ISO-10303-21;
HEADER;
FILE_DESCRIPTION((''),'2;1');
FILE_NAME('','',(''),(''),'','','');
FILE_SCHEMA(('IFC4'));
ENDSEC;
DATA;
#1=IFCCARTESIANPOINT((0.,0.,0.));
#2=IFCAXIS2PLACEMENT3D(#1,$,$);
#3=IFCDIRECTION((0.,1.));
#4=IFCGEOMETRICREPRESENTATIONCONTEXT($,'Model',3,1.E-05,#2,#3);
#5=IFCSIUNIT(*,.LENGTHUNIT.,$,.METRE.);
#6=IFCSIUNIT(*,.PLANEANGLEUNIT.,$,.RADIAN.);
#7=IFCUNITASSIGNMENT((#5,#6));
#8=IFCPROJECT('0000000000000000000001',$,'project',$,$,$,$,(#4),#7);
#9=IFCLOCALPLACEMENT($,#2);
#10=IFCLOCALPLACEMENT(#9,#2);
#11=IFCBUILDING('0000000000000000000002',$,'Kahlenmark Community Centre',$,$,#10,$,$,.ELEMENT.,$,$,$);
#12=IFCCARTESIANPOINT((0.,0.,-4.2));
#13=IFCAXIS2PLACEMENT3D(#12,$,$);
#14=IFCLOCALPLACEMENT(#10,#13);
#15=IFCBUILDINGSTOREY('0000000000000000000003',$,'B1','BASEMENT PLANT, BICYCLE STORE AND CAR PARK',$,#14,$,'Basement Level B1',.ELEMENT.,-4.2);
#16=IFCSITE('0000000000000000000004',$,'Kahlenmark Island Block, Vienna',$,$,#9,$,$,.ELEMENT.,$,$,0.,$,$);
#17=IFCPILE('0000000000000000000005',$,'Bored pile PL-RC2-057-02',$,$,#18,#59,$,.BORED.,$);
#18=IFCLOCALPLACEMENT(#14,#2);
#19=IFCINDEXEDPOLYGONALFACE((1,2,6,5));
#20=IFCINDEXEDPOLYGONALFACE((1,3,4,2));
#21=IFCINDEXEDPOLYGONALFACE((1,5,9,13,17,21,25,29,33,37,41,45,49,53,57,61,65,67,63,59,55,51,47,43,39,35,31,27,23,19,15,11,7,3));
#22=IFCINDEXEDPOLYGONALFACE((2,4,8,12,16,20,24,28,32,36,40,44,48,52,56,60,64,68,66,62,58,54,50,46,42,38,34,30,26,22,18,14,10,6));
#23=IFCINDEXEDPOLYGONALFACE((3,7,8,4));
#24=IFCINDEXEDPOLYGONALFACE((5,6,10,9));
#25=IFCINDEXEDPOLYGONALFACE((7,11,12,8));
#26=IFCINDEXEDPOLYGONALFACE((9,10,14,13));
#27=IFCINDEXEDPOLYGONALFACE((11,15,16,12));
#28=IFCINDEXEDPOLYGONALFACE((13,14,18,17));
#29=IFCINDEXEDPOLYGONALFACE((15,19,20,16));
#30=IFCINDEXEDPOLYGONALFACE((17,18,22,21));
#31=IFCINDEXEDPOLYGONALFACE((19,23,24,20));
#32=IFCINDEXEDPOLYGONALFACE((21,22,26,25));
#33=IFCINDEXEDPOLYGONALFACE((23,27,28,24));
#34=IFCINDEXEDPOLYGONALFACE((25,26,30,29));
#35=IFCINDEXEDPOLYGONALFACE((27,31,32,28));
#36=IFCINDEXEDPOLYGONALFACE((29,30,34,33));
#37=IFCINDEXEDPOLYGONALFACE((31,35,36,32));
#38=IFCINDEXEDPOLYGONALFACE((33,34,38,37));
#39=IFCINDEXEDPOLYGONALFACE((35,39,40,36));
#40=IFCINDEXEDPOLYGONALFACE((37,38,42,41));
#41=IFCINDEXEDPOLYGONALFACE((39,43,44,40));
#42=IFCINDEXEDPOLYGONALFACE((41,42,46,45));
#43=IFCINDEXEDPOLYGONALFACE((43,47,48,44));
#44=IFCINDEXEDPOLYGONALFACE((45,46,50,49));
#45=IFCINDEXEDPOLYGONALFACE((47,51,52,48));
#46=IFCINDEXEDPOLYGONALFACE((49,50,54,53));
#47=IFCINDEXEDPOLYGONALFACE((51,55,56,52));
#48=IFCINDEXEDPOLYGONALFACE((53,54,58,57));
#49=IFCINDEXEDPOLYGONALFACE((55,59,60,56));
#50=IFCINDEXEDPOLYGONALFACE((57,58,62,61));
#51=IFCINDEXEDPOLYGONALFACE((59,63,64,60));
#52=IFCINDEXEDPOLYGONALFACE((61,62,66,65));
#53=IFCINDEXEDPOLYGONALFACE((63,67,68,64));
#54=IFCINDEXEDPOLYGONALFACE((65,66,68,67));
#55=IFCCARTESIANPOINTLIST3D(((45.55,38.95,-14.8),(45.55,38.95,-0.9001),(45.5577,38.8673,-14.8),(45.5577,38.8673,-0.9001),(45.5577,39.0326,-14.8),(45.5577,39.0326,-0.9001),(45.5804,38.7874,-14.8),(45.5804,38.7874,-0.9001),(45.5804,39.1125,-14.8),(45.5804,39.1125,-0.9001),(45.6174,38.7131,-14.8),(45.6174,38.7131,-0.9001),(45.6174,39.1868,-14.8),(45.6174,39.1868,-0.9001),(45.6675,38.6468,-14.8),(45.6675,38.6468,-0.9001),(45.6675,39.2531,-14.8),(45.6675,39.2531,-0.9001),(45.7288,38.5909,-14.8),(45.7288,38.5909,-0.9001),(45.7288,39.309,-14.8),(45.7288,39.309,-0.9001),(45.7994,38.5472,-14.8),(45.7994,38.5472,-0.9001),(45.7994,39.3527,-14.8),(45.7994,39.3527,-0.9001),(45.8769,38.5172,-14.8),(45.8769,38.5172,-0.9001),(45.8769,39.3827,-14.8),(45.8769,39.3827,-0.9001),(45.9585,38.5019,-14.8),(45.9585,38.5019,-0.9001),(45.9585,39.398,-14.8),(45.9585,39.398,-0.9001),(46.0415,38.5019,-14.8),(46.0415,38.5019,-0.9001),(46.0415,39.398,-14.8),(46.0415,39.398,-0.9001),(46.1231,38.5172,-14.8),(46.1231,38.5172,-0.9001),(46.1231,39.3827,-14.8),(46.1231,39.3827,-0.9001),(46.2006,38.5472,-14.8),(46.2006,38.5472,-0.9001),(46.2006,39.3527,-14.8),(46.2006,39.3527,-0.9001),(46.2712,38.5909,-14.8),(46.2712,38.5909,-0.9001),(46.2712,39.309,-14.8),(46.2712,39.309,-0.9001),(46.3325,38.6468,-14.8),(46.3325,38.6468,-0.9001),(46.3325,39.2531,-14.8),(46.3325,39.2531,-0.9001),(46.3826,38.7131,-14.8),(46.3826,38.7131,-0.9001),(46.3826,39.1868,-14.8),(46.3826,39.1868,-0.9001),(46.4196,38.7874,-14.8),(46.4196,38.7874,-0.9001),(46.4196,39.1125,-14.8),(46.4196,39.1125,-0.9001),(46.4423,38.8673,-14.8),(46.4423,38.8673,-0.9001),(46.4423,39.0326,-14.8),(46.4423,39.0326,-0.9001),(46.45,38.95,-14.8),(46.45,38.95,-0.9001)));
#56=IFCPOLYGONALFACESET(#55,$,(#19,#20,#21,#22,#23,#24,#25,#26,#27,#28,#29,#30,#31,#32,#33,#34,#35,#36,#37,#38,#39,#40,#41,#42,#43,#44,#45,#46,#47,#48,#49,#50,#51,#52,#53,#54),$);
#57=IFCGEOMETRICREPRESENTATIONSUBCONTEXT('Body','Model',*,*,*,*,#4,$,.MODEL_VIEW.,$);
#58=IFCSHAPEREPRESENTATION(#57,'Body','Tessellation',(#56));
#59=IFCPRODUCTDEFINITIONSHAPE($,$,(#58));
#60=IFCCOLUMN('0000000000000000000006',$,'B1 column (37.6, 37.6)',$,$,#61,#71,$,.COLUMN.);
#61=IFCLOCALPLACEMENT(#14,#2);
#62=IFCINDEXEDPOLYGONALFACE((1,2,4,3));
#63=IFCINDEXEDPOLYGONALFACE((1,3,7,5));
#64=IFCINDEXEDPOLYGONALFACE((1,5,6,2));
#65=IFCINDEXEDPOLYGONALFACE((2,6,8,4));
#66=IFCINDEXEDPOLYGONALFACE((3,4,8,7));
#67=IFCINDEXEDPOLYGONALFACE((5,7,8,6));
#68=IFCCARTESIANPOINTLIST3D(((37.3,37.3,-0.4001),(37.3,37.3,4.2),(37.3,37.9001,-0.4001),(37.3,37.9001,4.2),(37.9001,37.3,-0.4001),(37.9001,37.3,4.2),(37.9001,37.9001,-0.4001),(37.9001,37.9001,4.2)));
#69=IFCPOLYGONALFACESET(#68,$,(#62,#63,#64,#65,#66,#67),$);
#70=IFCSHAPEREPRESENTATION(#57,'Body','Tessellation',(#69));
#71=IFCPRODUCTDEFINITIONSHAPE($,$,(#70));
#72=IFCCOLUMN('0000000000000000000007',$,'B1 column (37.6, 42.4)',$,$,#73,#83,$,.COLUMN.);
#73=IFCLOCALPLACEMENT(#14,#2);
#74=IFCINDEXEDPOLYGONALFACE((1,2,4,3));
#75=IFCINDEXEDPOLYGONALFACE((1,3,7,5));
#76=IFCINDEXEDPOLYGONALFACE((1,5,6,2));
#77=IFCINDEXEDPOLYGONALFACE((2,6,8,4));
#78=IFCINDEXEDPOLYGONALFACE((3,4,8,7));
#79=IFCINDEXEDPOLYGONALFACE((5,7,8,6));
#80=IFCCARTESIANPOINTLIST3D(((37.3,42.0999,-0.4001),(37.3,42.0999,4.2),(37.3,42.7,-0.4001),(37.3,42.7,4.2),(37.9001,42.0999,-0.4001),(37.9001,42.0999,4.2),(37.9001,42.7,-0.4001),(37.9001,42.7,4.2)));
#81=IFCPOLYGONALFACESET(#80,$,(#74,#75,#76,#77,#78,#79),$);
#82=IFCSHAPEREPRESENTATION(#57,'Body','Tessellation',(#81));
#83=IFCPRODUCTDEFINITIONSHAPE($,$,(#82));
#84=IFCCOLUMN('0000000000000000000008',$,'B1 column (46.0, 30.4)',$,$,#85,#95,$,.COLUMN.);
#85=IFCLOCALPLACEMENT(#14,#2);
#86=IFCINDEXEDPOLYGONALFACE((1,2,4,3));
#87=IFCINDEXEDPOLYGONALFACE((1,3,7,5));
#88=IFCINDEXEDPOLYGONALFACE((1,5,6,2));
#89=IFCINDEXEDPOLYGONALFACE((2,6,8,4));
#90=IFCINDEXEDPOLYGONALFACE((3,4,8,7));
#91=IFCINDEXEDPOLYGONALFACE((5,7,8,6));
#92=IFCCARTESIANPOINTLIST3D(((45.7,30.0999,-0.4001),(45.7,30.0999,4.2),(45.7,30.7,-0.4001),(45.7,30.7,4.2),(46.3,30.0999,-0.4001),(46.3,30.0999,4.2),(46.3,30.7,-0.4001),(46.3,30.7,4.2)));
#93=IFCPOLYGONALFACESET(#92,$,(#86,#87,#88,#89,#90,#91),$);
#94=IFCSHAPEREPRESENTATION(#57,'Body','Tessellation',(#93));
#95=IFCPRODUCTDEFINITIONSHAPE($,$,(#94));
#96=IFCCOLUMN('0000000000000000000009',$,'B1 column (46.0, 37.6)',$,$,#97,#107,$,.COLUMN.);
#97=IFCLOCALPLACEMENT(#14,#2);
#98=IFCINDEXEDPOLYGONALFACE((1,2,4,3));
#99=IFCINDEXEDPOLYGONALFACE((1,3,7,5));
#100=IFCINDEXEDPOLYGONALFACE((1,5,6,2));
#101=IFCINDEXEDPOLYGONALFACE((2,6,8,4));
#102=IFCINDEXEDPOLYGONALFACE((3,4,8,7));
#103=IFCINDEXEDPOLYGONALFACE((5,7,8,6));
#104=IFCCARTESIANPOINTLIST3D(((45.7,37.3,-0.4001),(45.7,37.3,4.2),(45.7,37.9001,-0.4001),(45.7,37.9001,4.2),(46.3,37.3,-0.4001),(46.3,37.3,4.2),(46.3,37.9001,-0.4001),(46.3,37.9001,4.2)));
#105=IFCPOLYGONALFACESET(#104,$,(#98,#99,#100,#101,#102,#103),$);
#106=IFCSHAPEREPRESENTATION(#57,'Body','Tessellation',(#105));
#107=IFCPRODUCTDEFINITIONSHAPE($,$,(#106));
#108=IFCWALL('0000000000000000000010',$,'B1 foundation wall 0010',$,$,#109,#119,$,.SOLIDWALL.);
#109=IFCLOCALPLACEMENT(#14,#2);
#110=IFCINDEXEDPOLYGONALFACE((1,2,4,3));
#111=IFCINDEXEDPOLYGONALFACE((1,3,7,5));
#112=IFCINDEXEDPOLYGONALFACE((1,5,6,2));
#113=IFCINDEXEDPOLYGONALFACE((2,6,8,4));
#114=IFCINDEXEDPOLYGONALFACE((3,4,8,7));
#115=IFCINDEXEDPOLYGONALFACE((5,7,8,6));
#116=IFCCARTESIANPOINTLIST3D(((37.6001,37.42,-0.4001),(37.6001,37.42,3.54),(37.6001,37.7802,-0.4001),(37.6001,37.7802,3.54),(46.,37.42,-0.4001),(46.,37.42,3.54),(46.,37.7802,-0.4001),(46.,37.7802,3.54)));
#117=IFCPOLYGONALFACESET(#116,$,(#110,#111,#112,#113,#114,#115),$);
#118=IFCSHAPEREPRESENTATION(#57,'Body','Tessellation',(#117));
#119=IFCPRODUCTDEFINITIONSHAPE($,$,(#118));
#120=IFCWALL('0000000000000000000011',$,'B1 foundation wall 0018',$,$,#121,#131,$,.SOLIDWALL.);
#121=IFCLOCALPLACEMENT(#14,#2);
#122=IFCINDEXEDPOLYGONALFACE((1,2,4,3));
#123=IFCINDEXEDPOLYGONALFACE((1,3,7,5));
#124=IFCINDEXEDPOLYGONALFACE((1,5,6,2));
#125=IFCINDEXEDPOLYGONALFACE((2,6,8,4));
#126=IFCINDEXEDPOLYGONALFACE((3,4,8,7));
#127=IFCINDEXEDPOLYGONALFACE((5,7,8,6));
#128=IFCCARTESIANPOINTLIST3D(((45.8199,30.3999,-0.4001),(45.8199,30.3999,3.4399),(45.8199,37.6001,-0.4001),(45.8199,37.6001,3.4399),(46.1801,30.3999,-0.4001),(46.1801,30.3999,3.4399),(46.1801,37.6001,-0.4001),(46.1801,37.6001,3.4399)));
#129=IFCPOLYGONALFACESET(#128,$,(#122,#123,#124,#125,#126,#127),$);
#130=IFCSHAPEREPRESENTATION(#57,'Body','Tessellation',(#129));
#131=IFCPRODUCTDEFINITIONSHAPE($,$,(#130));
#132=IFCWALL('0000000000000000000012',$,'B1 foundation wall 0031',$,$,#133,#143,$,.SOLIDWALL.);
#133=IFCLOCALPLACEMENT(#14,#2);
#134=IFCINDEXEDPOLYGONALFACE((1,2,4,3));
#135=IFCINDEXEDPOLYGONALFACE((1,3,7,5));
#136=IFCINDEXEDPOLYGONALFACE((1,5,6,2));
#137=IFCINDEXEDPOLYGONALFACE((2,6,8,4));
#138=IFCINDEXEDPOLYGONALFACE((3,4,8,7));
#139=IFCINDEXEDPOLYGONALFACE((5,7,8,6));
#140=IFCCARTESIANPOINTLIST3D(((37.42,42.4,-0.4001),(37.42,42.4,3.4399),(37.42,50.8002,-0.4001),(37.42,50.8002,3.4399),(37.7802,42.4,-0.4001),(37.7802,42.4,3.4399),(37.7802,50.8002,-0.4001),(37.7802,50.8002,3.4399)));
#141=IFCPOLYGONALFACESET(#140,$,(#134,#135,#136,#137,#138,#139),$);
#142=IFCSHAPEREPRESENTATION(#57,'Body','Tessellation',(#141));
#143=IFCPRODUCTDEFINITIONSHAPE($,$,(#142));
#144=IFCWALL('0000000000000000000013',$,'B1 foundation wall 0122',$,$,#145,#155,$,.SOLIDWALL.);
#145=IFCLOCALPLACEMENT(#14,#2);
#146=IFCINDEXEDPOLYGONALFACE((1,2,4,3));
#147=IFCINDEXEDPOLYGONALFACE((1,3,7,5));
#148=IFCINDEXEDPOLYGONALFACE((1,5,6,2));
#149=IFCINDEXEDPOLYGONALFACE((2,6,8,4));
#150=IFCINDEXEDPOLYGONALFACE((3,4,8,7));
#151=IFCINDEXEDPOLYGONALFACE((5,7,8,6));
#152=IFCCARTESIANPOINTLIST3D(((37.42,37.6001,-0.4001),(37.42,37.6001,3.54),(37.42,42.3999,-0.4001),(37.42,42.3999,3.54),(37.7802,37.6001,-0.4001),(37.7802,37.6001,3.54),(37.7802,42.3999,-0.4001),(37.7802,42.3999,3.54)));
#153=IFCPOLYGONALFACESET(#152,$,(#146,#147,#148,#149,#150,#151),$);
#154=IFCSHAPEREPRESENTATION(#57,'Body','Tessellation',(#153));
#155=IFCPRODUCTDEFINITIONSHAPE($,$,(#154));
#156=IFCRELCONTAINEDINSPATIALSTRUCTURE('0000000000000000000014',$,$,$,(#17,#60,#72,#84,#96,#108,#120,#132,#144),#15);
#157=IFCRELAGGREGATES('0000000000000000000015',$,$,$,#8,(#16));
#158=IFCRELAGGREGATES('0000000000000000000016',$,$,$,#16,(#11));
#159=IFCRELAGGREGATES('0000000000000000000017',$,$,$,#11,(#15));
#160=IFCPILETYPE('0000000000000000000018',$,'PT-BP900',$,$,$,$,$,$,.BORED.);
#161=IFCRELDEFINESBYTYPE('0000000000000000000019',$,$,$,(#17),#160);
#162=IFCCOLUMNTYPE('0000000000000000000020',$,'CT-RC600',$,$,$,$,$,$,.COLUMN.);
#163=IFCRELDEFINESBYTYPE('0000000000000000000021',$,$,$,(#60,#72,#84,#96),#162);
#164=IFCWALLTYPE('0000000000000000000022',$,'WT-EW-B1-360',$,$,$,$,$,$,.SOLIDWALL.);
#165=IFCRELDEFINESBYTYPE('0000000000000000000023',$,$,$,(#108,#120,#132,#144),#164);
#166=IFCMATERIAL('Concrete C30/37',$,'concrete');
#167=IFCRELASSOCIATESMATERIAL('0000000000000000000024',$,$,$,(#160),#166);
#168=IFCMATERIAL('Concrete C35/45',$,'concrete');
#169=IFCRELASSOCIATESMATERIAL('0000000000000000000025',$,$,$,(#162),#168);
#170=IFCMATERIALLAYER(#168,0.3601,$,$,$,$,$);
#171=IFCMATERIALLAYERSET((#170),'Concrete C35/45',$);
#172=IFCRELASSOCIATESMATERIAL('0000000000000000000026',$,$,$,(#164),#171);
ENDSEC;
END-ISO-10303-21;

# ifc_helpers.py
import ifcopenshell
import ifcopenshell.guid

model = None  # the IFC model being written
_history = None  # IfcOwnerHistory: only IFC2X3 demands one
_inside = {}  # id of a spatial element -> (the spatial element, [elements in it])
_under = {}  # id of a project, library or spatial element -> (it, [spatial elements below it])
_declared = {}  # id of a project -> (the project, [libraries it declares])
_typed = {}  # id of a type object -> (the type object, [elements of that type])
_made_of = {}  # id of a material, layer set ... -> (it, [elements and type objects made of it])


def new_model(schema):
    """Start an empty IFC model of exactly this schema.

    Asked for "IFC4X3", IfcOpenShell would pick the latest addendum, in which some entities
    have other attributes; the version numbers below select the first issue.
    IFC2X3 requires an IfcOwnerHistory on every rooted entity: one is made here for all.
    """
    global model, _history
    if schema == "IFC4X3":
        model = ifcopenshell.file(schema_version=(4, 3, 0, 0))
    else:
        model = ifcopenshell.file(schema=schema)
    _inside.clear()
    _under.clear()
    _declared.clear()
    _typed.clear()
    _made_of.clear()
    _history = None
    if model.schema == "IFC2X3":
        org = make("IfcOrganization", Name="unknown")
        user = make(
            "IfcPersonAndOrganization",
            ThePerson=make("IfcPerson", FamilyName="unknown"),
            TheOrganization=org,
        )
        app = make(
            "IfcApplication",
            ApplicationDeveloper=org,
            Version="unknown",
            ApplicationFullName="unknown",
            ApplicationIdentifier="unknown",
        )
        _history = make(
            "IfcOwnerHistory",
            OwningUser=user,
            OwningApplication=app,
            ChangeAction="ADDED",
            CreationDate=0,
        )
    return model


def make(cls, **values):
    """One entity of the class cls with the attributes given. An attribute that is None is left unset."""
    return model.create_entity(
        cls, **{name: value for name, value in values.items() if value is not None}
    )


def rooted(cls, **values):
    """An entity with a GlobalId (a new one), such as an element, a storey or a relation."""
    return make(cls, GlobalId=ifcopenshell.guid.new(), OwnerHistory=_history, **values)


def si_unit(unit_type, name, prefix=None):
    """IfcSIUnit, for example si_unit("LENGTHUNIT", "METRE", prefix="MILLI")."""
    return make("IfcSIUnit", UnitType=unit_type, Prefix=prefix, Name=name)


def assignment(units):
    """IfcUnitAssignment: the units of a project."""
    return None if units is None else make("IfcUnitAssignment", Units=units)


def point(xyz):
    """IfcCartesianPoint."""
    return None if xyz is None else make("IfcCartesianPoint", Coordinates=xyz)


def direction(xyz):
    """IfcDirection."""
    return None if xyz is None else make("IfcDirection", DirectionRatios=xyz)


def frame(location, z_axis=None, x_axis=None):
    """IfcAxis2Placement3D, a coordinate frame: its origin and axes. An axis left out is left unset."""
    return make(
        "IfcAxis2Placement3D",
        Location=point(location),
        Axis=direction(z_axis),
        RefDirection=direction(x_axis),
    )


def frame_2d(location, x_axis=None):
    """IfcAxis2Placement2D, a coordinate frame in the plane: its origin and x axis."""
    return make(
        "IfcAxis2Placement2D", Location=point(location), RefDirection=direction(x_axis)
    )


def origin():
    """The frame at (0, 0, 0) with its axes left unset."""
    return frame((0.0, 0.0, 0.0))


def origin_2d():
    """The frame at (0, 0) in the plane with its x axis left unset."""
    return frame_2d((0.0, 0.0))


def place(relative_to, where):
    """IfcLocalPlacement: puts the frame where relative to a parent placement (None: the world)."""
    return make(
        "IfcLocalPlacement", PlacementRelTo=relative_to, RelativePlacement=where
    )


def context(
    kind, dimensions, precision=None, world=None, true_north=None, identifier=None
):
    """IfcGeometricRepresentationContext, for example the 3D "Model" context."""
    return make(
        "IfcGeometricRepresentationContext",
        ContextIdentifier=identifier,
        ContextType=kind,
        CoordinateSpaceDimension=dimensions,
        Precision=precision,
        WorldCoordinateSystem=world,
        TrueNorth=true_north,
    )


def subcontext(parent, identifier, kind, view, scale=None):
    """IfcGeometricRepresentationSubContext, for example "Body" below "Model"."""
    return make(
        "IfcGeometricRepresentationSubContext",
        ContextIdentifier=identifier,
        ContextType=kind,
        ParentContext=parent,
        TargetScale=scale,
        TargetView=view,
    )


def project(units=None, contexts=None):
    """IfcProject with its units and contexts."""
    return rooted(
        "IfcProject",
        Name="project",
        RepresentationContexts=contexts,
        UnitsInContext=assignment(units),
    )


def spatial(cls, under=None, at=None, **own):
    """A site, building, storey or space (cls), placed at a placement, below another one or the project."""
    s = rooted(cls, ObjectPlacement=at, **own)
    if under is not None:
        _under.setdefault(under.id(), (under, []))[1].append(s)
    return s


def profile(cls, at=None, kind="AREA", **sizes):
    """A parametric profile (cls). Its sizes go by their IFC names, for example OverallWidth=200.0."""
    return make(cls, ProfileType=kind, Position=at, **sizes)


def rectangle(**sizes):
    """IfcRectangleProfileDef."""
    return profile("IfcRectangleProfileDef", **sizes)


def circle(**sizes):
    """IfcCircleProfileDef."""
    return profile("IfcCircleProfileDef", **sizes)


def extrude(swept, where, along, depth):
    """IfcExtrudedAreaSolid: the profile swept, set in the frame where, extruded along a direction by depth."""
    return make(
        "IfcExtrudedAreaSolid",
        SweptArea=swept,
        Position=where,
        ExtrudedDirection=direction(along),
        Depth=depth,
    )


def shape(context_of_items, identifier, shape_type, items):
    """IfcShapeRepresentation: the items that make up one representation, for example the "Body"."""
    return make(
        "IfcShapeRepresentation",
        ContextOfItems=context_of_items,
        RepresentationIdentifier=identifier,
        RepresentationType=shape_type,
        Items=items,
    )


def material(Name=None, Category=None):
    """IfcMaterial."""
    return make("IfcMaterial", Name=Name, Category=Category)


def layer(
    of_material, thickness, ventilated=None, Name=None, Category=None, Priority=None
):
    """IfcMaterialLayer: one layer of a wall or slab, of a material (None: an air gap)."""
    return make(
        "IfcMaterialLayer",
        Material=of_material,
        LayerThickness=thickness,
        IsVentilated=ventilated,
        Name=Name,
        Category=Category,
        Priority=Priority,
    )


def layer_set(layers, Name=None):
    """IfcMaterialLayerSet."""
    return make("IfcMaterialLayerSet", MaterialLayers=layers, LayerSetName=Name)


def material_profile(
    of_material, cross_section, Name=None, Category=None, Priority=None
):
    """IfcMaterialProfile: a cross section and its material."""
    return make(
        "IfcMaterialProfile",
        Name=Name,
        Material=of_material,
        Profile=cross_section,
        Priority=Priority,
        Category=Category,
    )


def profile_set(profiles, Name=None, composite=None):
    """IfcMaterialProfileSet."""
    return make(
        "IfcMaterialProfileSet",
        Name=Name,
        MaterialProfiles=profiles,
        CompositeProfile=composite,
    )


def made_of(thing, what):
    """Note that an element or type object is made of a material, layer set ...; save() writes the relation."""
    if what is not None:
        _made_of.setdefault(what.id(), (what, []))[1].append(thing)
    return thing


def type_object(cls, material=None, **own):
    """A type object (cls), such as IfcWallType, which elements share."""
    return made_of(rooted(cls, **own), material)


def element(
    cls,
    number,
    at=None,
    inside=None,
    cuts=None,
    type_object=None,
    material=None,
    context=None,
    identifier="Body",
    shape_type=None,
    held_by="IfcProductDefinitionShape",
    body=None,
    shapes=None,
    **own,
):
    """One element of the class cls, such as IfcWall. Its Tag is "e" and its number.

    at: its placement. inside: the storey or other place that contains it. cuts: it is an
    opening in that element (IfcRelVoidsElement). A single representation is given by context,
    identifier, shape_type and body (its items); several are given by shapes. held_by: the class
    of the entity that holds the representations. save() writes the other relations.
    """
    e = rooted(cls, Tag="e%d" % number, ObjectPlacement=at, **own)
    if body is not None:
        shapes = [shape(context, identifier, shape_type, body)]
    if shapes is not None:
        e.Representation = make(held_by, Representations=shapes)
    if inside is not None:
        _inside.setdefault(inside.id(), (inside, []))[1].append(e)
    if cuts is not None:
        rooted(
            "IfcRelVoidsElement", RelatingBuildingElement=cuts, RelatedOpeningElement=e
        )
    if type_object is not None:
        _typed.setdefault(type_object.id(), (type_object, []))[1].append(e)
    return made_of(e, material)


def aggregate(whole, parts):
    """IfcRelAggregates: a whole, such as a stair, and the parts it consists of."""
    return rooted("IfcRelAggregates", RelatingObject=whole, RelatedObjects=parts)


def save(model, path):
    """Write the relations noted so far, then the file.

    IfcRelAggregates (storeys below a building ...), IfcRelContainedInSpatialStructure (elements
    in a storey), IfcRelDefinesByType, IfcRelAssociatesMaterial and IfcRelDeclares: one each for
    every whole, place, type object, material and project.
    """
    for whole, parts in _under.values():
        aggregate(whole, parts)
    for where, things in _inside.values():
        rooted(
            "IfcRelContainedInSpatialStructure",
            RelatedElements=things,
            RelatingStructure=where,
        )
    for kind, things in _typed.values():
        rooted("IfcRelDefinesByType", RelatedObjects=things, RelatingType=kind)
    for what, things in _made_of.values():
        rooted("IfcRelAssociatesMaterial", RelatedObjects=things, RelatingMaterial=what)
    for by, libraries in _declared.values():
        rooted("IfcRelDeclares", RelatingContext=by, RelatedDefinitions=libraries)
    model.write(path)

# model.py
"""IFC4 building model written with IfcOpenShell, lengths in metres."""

from ifc_helpers import new_model, si_unit, direction, frame, frame_2d, origin, origin_2d, place, context, subcontext, project, spatial, rectangle, circle, extrude, material, layer, layer_set, material_profile, profile_set, type_object, element, save


model = new_model("IFC4")

# Units and contexts
model_context = context("Model", 3, precision=1e-05, world=origin(), true_north=direction((0.0, 1.0)))
body_context = subcontext(model_context, "Body", "Model", "MODEL_VIEW")
ifc_project = project(units=[si_unit("LENGTHUNIT", "METRE"), si_unit("PLANEANGLEUNIT", "RADIAN")], contexts=[model_context])

# Site, building, storey
site_placement = place(None, origin())
site = spatial("IfcSite", under=ifc_project, at=site_placement, Name="Kahlenmark Island Block, Vienna", CompositionType="ELEMENT", RefElevation=0.0)
building_placement = place(site_placement, origin())
building = spatial("IfcBuilding", under=site, at=building_placement, Name="Kahlenmark Community Centre", CompositionType="ELEMENT")
storey_placement = place(building_placement, frame((0.0, 0.0, -4.2)))
storey = spatial("IfcBuildingStorey", under=building, at=storey_placement, Name="B1", Description="BASEMENT PLANT, BICYCLE STORE AND CAR PARK", LongName="Basement Level B1", CompositionType="ELEMENT", Elevation=-4.2)

# Shared definitions
ifc_material_1 = material(Name="Concrete C30/37", Category="concrete")

# Pile
ifc_material_profile_1 = material_profile(ifc_material_1, circle(Radius=0.45, at=origin_2d()), Name="BORED PILE 900")
ifc_profile_set_1 = profile_set([ifc_material_profile_1], Name="Concrete C30/37")
pile_type_1 = type_object("IfcPileType", Name="PT-BP900", PredefinedType="BORED", material=ifc_profile_set_1)
for number, where, z_axis, x_axis, name in (
    (1, (46.0, 38.95, -0.9001), (0.0, 0.0, -1.0), (1.0, 0.0, 0.0), "Bored pile PL-RC2-057-02"),
):
    element("IfcPile", number, at=place(storey_placement, frame(where, z_axis=z_axis, x_axis=x_axis)), inside=storey, type_object=pile_type_1, Name=name, PredefinedType="BORED", context=body_context, shape_type="SweptSolid", body=[
        extrude(circle(Radius=0.45, at=origin_2d()), origin(), (0.0, 0.0, 1.0), 13.8999),
    ])

# Columns
ifc_material_2 = material(Name="Concrete C35/45", Category="concrete")
ifc_material_profile_2 = material_profile(ifc_material_2, rectangle(XDim=0.6001, YDim=0.6001, at=origin_2d()), Name="RC 600x600")
ifc_profile_set_2 = profile_set([ifc_material_profile_2], Name="Concrete C35/45")
column_type = type_object("IfcColumnType", Name="CT-RC600", PredefinedType="COLUMN", material=ifc_profile_set_2)
for number, where, z_axis, x_axis, name in (
    (2, (37.6001, 37.6001, -0.4001), (0.0, 0.0, 1.0), (1.0, 0.0, 0.0), "B1 column (37.6, 37.6)"),
    (3, (37.6001, 42.3999, -0.4001), (0.0, 0.0, 1.0), (1.0, 0.0, 0.0), "B1 column (37.6, 42.4)"),
    (4, (46.0, 30.3999, -0.4001), (0.0, 0.0, 1.0), (1.0, 0.0, 0.0), "B1 column (46.0, 30.4)"),
    (5, (46.0, 37.6001, -0.4001), (0.0, 0.0, 1.0), (1.0, 0.0, 0.0), "B1 column (46.0, 37.6)"),
):
    element("IfcColumn", number, at=place(storey_placement, frame(where, z_axis=z_axis, x_axis=x_axis)), inside=storey, type_object=column_type, Name=name, PredefinedType="COLUMN", context=body_context, shape_type="SweptSolid", body=[
        extrude(rectangle(XDim=0.6001, YDim=0.6001, at=origin_2d()), origin(), (0.0, 0.0, 1.0), 4.6001),
    ])

# Walls
ifc_layer = layer(ifc_material_2, 0.3601)
ifc_layer_set = layer_set([ifc_layer], Name="Concrete C35/45")
wall_type = type_object("IfcWallType", Name="WT-EW-B1-360", PredefinedType="SOLIDWALL", material=ifc_layer_set)
wall_1_placement = place(storey_placement, frame((37.6001, 37.6001, -0.4001), z_axis=(0.0, 0.0, 1.0), x_axis=(1.0, 0.0, 0.0)))
element("IfcWall", 6, at=wall_1_placement, inside=storey, type_object=wall_type, Name="B1 foundation wall 0010", PredefinedType="SOLIDWALL", context=body_context, shape_type="SweptSolid", body=[
    extrude(rectangle(XDim=8.3999, YDim=0.3601, at=frame_2d((4.2, 0.0))), origin(), (0.0, 0.0, 1.0), 3.9402),
])
wall_2_placement = place(storey_placement, frame((46.0, 30.3999, -0.4001), z_axis=(0.0, 0.0, 1.0), x_axis=(0.0, 1.0, 0.0)))
element("IfcWall", 7, at=wall_2_placement, inside=storey, type_object=wall_type, Name="B1 foundation wall 0018", PredefinedType="SOLIDWALL", context=body_context, shape_type="SweptSolid", body=[
    extrude(rectangle(XDim=7.2002, YDim=0.3601, at=frame_2d((3.6001, 0.0))), origin(), (0.0, 0.0, 1.0), 3.8401),
])
wall_3_placement = place(storey_placement, frame((37.6001, 42.3999, -0.4001), z_axis=(0.0, 0.0, 1.0), x_axis=(0.0, 1.0, 0.0)))
element("IfcWall", 8, at=wall_3_placement, inside=storey, type_object=wall_type, Name="B1 foundation wall 0031", PredefinedType="SOLIDWALL", context=body_context, shape_type="SweptSolid", body=[
    extrude(rectangle(XDim=8.4001, YDim=0.3601, at=frame_2d((4.2002, 0.0))), origin(), (0.0, 0.0, 1.0), 3.8401),
])
wall_4_placement = place(storey_placement, frame((37.6001, 37.6001, -0.4001), z_axis=(0.0, 0.0, 1.0), x_axis=(0.0, 1.0, 0.0)))
element("IfcWall", 9, at=wall_4_placement, inside=storey, type_object=wall_type, Name="B1 foundation wall 0122", PredefinedType="SOLIDWALL", context=body_context, shape_type="SweptSolid", body=[
    extrude(rectangle(XDim=4.7998, YDim=0.3601, at=frame_2d((2.3999, 0.0))), origin(), (0.0, 0.0, 1.0), 3.9402),
])

save(model, "model.ifc")
